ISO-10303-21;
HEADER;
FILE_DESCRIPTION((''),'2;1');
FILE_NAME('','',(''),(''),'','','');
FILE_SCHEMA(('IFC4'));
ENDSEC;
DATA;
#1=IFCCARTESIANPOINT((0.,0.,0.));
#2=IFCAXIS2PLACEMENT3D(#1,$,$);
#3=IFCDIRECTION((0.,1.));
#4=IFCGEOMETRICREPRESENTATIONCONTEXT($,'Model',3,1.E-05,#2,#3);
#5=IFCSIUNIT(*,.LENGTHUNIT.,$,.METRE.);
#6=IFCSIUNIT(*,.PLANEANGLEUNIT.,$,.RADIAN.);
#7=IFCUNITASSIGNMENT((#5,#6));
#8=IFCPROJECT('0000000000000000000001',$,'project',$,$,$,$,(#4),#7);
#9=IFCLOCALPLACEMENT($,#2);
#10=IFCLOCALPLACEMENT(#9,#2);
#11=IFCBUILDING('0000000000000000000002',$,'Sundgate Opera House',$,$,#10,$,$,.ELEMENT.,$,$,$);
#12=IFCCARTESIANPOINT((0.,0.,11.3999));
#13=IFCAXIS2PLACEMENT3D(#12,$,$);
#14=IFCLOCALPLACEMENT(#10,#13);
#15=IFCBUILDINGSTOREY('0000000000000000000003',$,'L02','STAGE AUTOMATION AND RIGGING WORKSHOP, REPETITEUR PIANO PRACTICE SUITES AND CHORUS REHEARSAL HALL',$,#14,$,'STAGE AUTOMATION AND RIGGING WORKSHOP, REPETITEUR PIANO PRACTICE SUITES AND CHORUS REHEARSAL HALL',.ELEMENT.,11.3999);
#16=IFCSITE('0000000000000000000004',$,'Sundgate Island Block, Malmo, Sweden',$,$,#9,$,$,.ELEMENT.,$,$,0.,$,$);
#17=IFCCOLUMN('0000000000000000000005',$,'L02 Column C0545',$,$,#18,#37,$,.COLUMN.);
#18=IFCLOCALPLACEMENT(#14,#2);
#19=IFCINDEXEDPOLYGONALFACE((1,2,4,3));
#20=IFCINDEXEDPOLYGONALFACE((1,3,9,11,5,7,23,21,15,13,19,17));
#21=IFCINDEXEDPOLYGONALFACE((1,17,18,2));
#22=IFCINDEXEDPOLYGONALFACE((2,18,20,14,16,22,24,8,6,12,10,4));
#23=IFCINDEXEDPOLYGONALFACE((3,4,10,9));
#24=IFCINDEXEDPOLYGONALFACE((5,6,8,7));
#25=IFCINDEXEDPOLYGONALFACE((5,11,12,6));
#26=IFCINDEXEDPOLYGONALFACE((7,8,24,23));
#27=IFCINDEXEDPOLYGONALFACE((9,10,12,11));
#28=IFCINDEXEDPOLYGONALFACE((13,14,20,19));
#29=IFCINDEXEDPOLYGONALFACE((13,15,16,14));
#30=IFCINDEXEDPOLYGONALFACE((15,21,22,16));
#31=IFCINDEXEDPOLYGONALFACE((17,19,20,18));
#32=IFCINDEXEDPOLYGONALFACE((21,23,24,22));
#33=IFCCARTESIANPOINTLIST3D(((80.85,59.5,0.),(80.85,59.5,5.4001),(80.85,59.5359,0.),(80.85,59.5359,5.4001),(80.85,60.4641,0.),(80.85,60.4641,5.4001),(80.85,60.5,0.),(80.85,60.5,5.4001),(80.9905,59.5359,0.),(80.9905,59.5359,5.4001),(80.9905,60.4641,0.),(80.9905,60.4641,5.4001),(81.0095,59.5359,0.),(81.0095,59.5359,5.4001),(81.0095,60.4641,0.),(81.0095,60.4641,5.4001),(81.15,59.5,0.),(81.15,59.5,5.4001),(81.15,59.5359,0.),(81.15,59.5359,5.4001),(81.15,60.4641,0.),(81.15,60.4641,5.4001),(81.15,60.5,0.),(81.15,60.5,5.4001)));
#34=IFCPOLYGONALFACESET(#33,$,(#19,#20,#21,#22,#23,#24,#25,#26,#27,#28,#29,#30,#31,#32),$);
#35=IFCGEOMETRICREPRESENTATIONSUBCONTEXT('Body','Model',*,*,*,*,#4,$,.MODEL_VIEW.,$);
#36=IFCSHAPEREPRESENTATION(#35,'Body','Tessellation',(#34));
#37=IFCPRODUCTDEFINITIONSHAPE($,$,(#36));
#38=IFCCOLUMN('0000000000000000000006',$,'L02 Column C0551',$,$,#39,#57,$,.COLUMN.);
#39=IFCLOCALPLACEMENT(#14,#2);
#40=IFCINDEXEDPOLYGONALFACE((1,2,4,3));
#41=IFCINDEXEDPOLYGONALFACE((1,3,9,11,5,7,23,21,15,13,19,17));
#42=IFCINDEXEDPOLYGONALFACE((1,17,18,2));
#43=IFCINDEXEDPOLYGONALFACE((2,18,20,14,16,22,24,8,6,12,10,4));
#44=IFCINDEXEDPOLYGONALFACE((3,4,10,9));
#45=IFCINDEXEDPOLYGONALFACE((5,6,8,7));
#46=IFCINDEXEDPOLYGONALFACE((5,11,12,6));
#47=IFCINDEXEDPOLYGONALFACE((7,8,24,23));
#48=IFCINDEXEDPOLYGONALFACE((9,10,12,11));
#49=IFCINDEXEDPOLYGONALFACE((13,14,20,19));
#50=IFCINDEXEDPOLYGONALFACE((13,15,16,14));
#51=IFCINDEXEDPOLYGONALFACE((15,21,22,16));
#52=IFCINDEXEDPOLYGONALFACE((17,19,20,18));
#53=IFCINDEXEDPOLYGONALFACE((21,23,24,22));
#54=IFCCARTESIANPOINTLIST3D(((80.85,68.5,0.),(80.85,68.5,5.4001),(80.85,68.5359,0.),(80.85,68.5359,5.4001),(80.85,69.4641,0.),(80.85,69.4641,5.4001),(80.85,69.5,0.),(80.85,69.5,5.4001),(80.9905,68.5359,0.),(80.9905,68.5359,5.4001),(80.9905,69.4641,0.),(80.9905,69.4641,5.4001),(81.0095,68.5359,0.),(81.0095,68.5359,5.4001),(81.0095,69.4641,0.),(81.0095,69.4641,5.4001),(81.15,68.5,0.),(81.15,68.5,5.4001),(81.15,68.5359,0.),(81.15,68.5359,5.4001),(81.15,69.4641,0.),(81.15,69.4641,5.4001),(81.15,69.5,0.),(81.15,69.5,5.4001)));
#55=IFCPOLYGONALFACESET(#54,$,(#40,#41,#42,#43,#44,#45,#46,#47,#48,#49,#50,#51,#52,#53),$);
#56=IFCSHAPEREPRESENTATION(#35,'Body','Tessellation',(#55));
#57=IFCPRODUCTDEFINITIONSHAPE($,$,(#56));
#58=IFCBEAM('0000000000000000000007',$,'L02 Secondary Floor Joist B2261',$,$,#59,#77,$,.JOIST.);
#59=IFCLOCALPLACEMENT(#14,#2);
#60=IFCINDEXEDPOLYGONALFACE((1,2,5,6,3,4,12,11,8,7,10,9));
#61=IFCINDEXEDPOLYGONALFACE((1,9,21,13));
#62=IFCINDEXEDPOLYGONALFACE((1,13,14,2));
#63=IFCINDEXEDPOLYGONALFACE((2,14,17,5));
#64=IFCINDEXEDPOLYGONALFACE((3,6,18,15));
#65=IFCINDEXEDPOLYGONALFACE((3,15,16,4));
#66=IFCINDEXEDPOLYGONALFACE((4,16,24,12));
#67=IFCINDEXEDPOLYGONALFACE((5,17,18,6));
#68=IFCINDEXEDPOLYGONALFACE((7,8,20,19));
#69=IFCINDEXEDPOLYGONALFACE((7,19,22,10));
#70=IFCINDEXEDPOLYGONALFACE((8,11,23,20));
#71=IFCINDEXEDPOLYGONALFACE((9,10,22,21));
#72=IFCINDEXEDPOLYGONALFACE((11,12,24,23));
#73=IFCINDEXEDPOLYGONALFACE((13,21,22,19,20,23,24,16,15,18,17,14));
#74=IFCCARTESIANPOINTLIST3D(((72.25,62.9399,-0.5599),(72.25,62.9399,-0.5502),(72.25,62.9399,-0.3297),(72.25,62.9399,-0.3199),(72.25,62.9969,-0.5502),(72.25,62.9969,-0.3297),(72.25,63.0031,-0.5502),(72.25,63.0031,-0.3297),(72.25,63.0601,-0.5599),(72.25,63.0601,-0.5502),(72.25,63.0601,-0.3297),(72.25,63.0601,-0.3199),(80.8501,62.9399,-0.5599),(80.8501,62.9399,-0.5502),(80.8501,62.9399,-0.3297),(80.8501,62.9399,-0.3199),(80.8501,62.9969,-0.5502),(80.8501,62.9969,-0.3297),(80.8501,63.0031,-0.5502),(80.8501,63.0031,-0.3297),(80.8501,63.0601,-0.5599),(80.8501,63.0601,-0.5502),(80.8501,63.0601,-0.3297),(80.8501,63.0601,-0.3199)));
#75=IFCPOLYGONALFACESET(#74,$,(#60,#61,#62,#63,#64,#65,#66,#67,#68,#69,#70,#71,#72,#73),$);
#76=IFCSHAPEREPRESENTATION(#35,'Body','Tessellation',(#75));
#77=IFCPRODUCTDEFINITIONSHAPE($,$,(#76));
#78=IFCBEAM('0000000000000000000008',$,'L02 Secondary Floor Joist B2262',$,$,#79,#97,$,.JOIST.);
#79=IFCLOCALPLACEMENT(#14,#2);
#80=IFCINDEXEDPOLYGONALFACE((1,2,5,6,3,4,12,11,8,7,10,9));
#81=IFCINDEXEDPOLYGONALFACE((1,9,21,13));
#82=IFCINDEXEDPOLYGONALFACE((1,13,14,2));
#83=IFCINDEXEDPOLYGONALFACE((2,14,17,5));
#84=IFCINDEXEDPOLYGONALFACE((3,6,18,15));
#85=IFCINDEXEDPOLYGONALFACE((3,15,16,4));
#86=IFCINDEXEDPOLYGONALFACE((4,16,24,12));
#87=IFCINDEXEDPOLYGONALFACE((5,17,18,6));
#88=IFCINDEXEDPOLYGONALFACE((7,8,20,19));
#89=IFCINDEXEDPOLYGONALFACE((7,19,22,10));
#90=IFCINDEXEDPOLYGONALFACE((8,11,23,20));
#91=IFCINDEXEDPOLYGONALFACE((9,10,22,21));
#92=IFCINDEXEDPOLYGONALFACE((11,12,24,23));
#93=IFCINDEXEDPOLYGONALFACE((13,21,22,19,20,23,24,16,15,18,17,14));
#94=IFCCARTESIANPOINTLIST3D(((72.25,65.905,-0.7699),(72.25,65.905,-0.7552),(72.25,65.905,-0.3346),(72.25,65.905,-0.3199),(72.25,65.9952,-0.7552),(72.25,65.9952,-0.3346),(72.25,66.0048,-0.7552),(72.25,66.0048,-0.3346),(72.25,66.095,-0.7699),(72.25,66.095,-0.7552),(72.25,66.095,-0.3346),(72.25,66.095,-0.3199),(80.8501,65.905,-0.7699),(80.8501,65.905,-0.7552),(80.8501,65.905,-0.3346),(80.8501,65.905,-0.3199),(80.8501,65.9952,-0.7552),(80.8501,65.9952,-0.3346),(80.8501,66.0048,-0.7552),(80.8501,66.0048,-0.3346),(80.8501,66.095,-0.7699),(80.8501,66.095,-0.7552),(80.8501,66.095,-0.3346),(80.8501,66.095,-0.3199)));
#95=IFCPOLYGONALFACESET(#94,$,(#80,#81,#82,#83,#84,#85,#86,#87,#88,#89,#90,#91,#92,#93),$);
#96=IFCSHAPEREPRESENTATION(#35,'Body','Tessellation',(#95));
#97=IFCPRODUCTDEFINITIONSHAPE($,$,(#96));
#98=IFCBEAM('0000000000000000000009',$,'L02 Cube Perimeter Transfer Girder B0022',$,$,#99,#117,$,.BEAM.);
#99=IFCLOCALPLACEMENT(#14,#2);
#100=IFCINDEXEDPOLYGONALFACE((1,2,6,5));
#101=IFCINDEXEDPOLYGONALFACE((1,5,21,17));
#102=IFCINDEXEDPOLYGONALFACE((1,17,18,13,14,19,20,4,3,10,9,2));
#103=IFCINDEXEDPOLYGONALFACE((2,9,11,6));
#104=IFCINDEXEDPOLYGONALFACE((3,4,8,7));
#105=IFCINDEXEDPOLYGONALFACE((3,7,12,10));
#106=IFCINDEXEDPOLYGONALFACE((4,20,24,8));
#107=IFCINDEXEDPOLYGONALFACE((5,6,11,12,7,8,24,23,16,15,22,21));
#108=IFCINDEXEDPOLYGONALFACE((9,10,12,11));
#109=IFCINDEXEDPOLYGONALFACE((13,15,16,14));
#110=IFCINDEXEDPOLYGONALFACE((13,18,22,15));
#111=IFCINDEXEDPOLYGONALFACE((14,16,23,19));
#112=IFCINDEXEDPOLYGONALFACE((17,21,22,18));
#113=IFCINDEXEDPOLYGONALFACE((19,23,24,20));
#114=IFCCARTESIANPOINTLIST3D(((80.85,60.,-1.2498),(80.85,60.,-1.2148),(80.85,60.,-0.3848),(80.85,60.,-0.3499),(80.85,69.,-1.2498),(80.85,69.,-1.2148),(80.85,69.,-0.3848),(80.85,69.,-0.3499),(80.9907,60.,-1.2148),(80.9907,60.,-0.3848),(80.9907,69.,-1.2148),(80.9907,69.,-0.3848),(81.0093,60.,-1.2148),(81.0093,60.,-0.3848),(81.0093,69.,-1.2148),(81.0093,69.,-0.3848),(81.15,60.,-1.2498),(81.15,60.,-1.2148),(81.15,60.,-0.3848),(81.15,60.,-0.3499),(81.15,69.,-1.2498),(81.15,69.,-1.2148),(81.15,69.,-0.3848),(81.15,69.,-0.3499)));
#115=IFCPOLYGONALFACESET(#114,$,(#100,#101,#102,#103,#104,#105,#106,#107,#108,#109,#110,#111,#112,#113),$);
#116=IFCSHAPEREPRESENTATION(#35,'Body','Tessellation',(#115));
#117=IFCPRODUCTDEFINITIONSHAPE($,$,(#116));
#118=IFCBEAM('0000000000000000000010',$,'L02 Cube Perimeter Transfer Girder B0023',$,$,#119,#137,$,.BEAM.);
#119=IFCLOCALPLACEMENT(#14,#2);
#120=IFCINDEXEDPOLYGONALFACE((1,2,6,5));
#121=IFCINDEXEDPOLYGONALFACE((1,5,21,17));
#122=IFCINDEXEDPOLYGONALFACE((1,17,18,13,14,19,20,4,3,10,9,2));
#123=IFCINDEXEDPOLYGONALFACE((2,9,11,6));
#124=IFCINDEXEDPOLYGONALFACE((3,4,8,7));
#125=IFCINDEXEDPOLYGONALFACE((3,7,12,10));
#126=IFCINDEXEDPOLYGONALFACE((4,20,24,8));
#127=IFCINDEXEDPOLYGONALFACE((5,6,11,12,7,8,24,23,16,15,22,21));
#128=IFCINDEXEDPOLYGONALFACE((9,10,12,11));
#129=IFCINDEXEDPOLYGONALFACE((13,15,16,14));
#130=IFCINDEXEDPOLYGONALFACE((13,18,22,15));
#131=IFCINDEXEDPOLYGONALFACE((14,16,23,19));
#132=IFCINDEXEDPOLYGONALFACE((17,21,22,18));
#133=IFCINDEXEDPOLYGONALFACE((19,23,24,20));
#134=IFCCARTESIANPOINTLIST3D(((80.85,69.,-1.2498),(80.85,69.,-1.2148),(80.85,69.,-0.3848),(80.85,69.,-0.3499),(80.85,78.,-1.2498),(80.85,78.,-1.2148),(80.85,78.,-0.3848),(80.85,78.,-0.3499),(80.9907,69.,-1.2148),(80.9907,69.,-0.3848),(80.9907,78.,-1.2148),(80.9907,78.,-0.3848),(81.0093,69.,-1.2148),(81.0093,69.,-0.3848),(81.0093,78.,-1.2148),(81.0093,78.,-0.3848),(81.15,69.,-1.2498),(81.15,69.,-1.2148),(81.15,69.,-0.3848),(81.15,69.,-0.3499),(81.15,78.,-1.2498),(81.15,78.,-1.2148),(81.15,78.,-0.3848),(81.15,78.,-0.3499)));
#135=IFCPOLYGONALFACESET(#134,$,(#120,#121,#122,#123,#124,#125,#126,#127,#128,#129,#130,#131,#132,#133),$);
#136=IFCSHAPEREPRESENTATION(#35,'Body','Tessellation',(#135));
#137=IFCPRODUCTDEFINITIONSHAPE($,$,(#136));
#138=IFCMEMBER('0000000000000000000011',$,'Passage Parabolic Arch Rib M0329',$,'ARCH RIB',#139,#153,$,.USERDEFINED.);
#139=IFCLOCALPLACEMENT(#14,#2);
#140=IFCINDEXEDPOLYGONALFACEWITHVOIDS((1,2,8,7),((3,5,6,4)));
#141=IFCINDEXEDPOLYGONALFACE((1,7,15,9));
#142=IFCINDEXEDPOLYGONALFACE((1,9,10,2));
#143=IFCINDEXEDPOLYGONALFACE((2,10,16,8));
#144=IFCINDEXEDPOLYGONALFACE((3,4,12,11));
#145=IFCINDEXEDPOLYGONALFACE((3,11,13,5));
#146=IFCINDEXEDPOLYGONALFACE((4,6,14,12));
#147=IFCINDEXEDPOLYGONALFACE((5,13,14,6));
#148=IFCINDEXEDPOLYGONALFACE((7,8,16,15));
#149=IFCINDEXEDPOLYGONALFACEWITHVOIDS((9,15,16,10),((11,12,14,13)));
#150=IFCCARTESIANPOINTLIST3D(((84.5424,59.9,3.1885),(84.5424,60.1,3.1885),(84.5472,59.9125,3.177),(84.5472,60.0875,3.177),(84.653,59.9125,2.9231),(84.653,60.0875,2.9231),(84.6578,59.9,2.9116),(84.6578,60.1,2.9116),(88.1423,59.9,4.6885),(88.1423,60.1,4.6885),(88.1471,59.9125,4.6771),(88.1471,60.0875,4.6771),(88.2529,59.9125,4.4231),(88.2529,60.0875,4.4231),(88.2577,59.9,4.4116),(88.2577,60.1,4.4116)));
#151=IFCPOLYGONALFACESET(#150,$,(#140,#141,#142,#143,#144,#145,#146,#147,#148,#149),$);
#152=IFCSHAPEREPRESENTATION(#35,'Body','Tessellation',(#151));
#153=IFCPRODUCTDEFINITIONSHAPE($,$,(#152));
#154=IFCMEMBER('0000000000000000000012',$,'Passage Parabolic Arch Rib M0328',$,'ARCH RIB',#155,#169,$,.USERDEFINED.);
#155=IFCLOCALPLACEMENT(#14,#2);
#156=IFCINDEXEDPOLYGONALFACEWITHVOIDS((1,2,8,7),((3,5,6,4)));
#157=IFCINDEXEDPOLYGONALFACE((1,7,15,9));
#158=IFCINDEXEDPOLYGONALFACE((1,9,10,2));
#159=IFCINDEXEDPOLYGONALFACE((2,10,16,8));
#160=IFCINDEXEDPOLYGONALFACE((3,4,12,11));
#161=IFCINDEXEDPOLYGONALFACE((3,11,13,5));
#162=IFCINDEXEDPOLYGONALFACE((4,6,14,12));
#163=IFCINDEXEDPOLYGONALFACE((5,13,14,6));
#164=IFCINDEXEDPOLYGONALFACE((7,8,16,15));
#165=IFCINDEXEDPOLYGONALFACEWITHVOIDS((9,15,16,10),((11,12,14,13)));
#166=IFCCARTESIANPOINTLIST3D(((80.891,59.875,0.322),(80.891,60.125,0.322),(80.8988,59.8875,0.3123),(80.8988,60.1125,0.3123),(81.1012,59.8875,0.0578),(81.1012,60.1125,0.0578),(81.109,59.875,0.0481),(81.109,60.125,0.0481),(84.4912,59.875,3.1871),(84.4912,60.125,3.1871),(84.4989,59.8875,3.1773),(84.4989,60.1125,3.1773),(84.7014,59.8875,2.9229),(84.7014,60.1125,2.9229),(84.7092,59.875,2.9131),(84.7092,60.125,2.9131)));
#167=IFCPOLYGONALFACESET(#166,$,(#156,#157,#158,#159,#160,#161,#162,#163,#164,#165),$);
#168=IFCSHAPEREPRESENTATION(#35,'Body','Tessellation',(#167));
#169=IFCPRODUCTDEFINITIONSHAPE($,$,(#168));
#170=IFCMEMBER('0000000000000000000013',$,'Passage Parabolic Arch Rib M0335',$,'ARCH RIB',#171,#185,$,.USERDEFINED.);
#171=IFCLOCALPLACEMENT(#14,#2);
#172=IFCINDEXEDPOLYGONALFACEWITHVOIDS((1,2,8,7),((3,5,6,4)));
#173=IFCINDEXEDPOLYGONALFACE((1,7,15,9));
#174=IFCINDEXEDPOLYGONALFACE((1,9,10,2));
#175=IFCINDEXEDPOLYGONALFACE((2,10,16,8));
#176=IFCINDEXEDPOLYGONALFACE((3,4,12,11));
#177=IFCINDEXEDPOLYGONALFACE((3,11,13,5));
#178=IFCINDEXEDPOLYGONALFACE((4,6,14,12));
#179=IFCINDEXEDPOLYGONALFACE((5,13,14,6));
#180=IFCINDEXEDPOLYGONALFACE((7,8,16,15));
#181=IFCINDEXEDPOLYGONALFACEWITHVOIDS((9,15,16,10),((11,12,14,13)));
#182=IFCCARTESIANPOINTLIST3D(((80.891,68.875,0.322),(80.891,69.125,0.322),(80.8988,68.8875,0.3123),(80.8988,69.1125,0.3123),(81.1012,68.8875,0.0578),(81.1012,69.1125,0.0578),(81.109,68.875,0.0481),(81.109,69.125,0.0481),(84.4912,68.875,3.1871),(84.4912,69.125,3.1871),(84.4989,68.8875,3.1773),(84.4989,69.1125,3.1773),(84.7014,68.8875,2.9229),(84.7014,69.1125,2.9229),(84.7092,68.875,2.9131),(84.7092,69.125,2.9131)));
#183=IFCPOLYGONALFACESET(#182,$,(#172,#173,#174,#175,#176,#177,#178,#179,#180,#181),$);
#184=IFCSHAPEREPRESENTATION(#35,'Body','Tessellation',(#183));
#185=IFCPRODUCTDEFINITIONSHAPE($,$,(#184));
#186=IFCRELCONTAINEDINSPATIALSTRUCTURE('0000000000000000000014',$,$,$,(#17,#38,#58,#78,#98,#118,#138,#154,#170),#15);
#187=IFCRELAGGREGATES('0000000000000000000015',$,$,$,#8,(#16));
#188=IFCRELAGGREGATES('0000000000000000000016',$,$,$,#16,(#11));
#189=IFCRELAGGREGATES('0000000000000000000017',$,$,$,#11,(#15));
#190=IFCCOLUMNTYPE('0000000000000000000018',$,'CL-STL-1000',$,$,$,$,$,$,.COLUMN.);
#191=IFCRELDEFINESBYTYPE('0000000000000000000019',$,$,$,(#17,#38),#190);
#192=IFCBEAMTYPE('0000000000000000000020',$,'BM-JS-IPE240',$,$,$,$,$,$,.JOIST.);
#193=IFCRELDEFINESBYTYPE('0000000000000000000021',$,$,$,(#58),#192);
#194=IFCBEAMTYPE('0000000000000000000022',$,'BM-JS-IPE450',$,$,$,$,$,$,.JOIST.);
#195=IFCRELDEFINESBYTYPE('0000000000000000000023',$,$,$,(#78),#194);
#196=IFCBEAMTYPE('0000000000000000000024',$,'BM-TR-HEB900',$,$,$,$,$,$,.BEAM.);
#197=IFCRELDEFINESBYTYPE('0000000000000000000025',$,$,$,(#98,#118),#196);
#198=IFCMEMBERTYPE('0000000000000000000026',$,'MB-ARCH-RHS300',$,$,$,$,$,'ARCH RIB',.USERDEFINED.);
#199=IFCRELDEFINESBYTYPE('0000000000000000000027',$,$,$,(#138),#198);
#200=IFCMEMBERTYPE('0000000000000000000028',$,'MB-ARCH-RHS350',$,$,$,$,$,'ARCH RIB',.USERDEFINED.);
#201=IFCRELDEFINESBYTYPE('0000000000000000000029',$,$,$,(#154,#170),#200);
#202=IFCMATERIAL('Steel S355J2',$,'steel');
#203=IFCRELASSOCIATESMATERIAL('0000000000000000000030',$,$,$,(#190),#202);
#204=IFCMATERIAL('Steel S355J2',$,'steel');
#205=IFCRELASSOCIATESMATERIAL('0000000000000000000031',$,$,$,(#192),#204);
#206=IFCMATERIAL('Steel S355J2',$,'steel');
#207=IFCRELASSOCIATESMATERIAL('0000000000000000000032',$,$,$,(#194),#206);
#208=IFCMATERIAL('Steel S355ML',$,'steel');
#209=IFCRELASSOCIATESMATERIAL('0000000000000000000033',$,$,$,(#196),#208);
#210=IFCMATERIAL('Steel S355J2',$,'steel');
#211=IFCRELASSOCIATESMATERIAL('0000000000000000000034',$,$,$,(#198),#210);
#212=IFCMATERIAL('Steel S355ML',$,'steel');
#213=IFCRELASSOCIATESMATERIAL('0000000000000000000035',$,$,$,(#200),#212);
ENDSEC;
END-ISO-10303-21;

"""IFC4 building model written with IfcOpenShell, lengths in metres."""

from ifc_helpers import new_model, si_unit, direction, frame, origin, origin_2d, place, context, subcontext, project, spatial, hollow_rectangle, i_section, extrude, material, material_profile, profile_set, type_object, element, save


model = new_model("IFC4")

# Units and contexts
model_context = context("Model", 3, precision=1e-05, world=origin(), true_north=direction((0.0, 1.0)))
body_context = subcontext(model_context, "Body", "Model", "MODEL_VIEW")
ifc_project = project(units=[si_unit("LENGTHUNIT", "METRE"), si_unit("PLANEANGLEUNIT", "RADIAN")], contexts=[model_context])

# Site, building, storey
site_placement = place(None, origin())
site = spatial("IfcSite", under=ifc_project, at=site_placement, Name="Sundgate Island Block, Malmo, Sweden", CompositionType="ELEMENT", RefElevation=0.0)
building_placement = place(site_placement, origin())
building = spatial("IfcBuilding", under=site, at=building_placement, Name="Sundgate Opera House", CompositionType="ELEMENT")
storey_placement = place(building_placement, frame((0.0, 0.0, 11.3999)))
storey = spatial("IfcBuildingStorey", under=building, at=storey_placement, Name="L02", Description="STAGE AUTOMATION AND RIGGING WORKSHOP, REPETITEUR PIANO PRACTICE SUITES AND CHORUS REHEARSAL HALL", LongName="STAGE AUTOMATION AND RIGGING WORKSHOP, REPETITEUR PIANO PRACTICE SUITES AND CHORUS REHEARSAL HALL", CompositionType="ELEMENT", Elevation=11.3999)

# Columns
ifc_material_1 = material(Name="Steel S355J2", Category="steel")
ifc_material_profile_1 = material_profile(ifc_material_1, i_section(OverallWidth=0.3, OverallDepth=1.0, WebThickness=0.019, FlangeThickness=0.0359, at=origin_2d()), Name="HEB 1000")
ifc_profile_set_1 = profile_set([ifc_material_profile_1], Name="Steel S355J2")
column_type = type_object("IfcColumnType", Name="CL-STL-1000", PredefinedType="COLUMN", material=ifc_profile_set_1)
for number, where, z_axis, x_axis, name in (
    (1, (81.0, 60.0, 0.0), (0.0, 0.0, 1.0), (1.0, 0.0, 0.0), "L02 Column C0545"),
    (2, (81.0, 69.0, 0.0), (0.0, 0.0, 1.0), (1.0, 0.0, 0.0), "L02 Column C0551"),
):
    element("IfcColumn", number, at=place(storey_placement, frame(where, z_axis=z_axis, x_axis=x_axis)), inside=storey, type_object=column_type, Name=name, PredefinedType="COLUMN", context=body_context, shape_type="SweptSolid", body=[
        extrude(i_section(OverallWidth=0.3, OverallDepth=1.0, WebThickness=0.019, FlangeThickness=0.0359, at=origin_2d()), origin(), (0.0, 0.0, 1.0), 5.4001),
    ])

# Beams
ifc_material_2 = material(Name="Steel S355J2", Category="steel")
ifc_material_profile_2 = material_profile(ifc_material_2, i_section(OverallWidth=0.1201, OverallDepth=0.24, WebThickness=0.0061, FlangeThickness=0.0098, at=origin_2d()), Name="IPE 240")
ifc_profile_set_2 = profile_set([ifc_material_profile_2], Name="Steel S355J2")
beam_type_1 = type_object("IfcBeamType", Name="BM-JS-IPE240", PredefinedType="JOIST", material=ifc_profile_set_2)
beam_1_placement = place(storey_placement, frame((72.25, 63.0, -0.4399), z_axis=(1.0, 0.0, 0.0), x_axis=(0.0, 1.0, 0.0)))
element("IfcBeam", 3, at=beam_1_placement, inside=storey, type_object=beam_type_1, Name="L02 Secondary Floor Joist B2261", PredefinedType="JOIST", context=body_context, shape_type="SweptSolid", body=[
    extrude(i_section(OverallWidth=0.1201, OverallDepth=0.24, WebThickness=0.0061, FlangeThickness=0.0098, at=origin_2d()), origin(), (0.0, 0.0, 1.0), 8.6001),
])
ifc_material_3 = material(Name="Steel S355J2", Category="steel")
ifc_material_profile_3 = material_profile(ifc_material_3, i_section(OverallWidth=0.1899, OverallDepth=0.45, WebThickness=0.0095, FlangeThickness=0.0146, at=origin_2d()), Name="IPE 450")
ifc_profile_set_3 = profile_set([ifc_material_profile_3], Name="Steel S355J2")
beam_type_2 = type_object("IfcBeamType", Name="BM-JS-IPE450", PredefinedType="JOIST", material=ifc_profile_set_3)
beam_2_placement = place(storey_placement, frame((72.25, 66.0, -0.5449), z_axis=(1.0, 0.0, 0.0), x_axis=(0.0, 1.0, 0.0)))
element("IfcBeam", 4, at=beam_2_placement, inside=storey, type_object=beam_type_2, Name="L02 Secondary Floor Joist B2262", PredefinedType="JOIST", context=body_context, shape_type="SweptSolid", body=[
    extrude(i_section(OverallWidth=0.1899, OverallDepth=0.45, WebThickness=0.0095, FlangeThickness=0.0146, at=origin_2d()), origin(), (0.0, 0.0, 1.0), 8.6001),
])
ifc_material_4 = material(Name="Steel S355ML", Category="steel")
ifc_material_profile_4 = material_profile(ifc_material_4, i_section(OverallWidth=0.3, OverallDepth=0.8999, WebThickness=0.0186, FlangeThickness=0.0349, at=origin_2d()), Name="HEB 900")
ifc_profile_set_4 = profile_set([ifc_material_profile_4], Name="Steel S355ML")
beam_type_3 = type_object("IfcBeamType", Name="BM-TR-HEB900", PredefinedType="BEAM", material=ifc_profile_set_4)
for number, where, z_axis, x_axis, name in (
    (5, (81.0, 60.0, -0.7998), (0.0, 1.0, 0.0), (-1.0, 0.0, 0.0), "L02 Cube Perimeter Transfer Girder B0022"),
    (6, (81.0, 69.0, -0.7998), (0.0, 1.0, 0.0), (-1.0, 0.0, 0.0), "L02 Cube Perimeter Transfer Girder B0023"),
):
    element("IfcBeam", number, at=place(storey_placement, frame(where, z_axis=z_axis, x_axis=x_axis)), inside=storey, type_object=beam_type_3, Name=name, PredefinedType="BEAM", context=body_context, shape_type="SweptSolid", body=[
        extrude(i_section(OverallWidth=0.3, OverallDepth=0.8999, WebThickness=0.0186, FlangeThickness=0.0349, at=origin_2d()), origin(), (0.0, 0.0, 1.0), 9.0),
    ])

# Members
ifc_material_5 = material(Name="Steel S355J2", Category="steel")
ifc_material_profile_5 = material_profile(ifc_material_5, hollow_rectangle(XDim=0.2, YDim=0.3, WallThickness=0.0125, at=origin_2d()), Name="RHS 300x200x12.5")
ifc_profile_set_5 = profile_set([ifc_material_profile_5], Name="Steel S355J2")
member_type_1 = type_object("IfcMemberType", Name="MB-ARCH-RHS300", ElementType="ARCH RIB", PredefinedType="USERDEFINED", material=ifc_profile_set_5)
member_placement = place(storey_placement, frame((84.6001, 60.0, 3.05), z_axis=(0.923071, 0.0, 0.384629), x_axis=(0.0, 1.0, 0.0)))
element("IfcMember", 7, at=member_placement, inside=storey, type_object=member_type_1, Name="Passage Parabolic Arch Rib M0329", ObjectType="ARCH RIB", PredefinedType="USERDEFINED", context=body_context, shape_type="SweptSolid", body=[
    extrude(hollow_rectangle(XDim=0.2, YDim=0.3, WallThickness=0.0125, at=origin_2d()), origin(), (0.0, 0.0, 1.0), 3.8999),
])
ifc_material_6 = material(Name="Steel S355ML", Category="steel")
ifc_material_profile_6 = material_profile(ifc_material_6, hollow_rectangle(XDim=0.25, YDim=0.3501, WallThickness=0.0125, at=origin_2d()), Name="RHS 350x250x12.5")
ifc_profile_set_6 = profile_set([ifc_material_profile_6], Name="Steel S355ML")
member_type_2 = type_object("IfcMemberType", Name="MB-ARCH-RHS350", ElementType="ARCH RIB", PredefinedType="USERDEFINED", material=ifc_profile_set_6)
for number, where, z_axis, x_axis, name in (
    (8, (81.0, 60.0, 0.1851), (0.782466, 0.0, 0.622693), (0.0, 1.0, 0.0), "Passage Parabolic Arch Rib M0328"),
    (9, (81.0, 69.0, 0.1851), (0.782466, 0.0, 0.622693), (0.0, 1.0, 0.0), "Passage Parabolic Arch Rib M0335"),
):
    element("IfcMember", number, at=place(storey_placement, frame(where, z_axis=z_axis, x_axis=x_axis)), inside=storey, type_object=member_type_2, Name=name, ObjectType="ARCH RIB", PredefinedType="USERDEFINED", context=body_context, shape_type="SweptSolid", body=[
        extrude(hollow_rectangle(XDim=0.25, YDim=0.3501, WallThickness=0.0125, at=origin_2d()), origin(), (0.0, 0.0, 1.0), 4.6011),
    ])

save(model, "model.ifc")
